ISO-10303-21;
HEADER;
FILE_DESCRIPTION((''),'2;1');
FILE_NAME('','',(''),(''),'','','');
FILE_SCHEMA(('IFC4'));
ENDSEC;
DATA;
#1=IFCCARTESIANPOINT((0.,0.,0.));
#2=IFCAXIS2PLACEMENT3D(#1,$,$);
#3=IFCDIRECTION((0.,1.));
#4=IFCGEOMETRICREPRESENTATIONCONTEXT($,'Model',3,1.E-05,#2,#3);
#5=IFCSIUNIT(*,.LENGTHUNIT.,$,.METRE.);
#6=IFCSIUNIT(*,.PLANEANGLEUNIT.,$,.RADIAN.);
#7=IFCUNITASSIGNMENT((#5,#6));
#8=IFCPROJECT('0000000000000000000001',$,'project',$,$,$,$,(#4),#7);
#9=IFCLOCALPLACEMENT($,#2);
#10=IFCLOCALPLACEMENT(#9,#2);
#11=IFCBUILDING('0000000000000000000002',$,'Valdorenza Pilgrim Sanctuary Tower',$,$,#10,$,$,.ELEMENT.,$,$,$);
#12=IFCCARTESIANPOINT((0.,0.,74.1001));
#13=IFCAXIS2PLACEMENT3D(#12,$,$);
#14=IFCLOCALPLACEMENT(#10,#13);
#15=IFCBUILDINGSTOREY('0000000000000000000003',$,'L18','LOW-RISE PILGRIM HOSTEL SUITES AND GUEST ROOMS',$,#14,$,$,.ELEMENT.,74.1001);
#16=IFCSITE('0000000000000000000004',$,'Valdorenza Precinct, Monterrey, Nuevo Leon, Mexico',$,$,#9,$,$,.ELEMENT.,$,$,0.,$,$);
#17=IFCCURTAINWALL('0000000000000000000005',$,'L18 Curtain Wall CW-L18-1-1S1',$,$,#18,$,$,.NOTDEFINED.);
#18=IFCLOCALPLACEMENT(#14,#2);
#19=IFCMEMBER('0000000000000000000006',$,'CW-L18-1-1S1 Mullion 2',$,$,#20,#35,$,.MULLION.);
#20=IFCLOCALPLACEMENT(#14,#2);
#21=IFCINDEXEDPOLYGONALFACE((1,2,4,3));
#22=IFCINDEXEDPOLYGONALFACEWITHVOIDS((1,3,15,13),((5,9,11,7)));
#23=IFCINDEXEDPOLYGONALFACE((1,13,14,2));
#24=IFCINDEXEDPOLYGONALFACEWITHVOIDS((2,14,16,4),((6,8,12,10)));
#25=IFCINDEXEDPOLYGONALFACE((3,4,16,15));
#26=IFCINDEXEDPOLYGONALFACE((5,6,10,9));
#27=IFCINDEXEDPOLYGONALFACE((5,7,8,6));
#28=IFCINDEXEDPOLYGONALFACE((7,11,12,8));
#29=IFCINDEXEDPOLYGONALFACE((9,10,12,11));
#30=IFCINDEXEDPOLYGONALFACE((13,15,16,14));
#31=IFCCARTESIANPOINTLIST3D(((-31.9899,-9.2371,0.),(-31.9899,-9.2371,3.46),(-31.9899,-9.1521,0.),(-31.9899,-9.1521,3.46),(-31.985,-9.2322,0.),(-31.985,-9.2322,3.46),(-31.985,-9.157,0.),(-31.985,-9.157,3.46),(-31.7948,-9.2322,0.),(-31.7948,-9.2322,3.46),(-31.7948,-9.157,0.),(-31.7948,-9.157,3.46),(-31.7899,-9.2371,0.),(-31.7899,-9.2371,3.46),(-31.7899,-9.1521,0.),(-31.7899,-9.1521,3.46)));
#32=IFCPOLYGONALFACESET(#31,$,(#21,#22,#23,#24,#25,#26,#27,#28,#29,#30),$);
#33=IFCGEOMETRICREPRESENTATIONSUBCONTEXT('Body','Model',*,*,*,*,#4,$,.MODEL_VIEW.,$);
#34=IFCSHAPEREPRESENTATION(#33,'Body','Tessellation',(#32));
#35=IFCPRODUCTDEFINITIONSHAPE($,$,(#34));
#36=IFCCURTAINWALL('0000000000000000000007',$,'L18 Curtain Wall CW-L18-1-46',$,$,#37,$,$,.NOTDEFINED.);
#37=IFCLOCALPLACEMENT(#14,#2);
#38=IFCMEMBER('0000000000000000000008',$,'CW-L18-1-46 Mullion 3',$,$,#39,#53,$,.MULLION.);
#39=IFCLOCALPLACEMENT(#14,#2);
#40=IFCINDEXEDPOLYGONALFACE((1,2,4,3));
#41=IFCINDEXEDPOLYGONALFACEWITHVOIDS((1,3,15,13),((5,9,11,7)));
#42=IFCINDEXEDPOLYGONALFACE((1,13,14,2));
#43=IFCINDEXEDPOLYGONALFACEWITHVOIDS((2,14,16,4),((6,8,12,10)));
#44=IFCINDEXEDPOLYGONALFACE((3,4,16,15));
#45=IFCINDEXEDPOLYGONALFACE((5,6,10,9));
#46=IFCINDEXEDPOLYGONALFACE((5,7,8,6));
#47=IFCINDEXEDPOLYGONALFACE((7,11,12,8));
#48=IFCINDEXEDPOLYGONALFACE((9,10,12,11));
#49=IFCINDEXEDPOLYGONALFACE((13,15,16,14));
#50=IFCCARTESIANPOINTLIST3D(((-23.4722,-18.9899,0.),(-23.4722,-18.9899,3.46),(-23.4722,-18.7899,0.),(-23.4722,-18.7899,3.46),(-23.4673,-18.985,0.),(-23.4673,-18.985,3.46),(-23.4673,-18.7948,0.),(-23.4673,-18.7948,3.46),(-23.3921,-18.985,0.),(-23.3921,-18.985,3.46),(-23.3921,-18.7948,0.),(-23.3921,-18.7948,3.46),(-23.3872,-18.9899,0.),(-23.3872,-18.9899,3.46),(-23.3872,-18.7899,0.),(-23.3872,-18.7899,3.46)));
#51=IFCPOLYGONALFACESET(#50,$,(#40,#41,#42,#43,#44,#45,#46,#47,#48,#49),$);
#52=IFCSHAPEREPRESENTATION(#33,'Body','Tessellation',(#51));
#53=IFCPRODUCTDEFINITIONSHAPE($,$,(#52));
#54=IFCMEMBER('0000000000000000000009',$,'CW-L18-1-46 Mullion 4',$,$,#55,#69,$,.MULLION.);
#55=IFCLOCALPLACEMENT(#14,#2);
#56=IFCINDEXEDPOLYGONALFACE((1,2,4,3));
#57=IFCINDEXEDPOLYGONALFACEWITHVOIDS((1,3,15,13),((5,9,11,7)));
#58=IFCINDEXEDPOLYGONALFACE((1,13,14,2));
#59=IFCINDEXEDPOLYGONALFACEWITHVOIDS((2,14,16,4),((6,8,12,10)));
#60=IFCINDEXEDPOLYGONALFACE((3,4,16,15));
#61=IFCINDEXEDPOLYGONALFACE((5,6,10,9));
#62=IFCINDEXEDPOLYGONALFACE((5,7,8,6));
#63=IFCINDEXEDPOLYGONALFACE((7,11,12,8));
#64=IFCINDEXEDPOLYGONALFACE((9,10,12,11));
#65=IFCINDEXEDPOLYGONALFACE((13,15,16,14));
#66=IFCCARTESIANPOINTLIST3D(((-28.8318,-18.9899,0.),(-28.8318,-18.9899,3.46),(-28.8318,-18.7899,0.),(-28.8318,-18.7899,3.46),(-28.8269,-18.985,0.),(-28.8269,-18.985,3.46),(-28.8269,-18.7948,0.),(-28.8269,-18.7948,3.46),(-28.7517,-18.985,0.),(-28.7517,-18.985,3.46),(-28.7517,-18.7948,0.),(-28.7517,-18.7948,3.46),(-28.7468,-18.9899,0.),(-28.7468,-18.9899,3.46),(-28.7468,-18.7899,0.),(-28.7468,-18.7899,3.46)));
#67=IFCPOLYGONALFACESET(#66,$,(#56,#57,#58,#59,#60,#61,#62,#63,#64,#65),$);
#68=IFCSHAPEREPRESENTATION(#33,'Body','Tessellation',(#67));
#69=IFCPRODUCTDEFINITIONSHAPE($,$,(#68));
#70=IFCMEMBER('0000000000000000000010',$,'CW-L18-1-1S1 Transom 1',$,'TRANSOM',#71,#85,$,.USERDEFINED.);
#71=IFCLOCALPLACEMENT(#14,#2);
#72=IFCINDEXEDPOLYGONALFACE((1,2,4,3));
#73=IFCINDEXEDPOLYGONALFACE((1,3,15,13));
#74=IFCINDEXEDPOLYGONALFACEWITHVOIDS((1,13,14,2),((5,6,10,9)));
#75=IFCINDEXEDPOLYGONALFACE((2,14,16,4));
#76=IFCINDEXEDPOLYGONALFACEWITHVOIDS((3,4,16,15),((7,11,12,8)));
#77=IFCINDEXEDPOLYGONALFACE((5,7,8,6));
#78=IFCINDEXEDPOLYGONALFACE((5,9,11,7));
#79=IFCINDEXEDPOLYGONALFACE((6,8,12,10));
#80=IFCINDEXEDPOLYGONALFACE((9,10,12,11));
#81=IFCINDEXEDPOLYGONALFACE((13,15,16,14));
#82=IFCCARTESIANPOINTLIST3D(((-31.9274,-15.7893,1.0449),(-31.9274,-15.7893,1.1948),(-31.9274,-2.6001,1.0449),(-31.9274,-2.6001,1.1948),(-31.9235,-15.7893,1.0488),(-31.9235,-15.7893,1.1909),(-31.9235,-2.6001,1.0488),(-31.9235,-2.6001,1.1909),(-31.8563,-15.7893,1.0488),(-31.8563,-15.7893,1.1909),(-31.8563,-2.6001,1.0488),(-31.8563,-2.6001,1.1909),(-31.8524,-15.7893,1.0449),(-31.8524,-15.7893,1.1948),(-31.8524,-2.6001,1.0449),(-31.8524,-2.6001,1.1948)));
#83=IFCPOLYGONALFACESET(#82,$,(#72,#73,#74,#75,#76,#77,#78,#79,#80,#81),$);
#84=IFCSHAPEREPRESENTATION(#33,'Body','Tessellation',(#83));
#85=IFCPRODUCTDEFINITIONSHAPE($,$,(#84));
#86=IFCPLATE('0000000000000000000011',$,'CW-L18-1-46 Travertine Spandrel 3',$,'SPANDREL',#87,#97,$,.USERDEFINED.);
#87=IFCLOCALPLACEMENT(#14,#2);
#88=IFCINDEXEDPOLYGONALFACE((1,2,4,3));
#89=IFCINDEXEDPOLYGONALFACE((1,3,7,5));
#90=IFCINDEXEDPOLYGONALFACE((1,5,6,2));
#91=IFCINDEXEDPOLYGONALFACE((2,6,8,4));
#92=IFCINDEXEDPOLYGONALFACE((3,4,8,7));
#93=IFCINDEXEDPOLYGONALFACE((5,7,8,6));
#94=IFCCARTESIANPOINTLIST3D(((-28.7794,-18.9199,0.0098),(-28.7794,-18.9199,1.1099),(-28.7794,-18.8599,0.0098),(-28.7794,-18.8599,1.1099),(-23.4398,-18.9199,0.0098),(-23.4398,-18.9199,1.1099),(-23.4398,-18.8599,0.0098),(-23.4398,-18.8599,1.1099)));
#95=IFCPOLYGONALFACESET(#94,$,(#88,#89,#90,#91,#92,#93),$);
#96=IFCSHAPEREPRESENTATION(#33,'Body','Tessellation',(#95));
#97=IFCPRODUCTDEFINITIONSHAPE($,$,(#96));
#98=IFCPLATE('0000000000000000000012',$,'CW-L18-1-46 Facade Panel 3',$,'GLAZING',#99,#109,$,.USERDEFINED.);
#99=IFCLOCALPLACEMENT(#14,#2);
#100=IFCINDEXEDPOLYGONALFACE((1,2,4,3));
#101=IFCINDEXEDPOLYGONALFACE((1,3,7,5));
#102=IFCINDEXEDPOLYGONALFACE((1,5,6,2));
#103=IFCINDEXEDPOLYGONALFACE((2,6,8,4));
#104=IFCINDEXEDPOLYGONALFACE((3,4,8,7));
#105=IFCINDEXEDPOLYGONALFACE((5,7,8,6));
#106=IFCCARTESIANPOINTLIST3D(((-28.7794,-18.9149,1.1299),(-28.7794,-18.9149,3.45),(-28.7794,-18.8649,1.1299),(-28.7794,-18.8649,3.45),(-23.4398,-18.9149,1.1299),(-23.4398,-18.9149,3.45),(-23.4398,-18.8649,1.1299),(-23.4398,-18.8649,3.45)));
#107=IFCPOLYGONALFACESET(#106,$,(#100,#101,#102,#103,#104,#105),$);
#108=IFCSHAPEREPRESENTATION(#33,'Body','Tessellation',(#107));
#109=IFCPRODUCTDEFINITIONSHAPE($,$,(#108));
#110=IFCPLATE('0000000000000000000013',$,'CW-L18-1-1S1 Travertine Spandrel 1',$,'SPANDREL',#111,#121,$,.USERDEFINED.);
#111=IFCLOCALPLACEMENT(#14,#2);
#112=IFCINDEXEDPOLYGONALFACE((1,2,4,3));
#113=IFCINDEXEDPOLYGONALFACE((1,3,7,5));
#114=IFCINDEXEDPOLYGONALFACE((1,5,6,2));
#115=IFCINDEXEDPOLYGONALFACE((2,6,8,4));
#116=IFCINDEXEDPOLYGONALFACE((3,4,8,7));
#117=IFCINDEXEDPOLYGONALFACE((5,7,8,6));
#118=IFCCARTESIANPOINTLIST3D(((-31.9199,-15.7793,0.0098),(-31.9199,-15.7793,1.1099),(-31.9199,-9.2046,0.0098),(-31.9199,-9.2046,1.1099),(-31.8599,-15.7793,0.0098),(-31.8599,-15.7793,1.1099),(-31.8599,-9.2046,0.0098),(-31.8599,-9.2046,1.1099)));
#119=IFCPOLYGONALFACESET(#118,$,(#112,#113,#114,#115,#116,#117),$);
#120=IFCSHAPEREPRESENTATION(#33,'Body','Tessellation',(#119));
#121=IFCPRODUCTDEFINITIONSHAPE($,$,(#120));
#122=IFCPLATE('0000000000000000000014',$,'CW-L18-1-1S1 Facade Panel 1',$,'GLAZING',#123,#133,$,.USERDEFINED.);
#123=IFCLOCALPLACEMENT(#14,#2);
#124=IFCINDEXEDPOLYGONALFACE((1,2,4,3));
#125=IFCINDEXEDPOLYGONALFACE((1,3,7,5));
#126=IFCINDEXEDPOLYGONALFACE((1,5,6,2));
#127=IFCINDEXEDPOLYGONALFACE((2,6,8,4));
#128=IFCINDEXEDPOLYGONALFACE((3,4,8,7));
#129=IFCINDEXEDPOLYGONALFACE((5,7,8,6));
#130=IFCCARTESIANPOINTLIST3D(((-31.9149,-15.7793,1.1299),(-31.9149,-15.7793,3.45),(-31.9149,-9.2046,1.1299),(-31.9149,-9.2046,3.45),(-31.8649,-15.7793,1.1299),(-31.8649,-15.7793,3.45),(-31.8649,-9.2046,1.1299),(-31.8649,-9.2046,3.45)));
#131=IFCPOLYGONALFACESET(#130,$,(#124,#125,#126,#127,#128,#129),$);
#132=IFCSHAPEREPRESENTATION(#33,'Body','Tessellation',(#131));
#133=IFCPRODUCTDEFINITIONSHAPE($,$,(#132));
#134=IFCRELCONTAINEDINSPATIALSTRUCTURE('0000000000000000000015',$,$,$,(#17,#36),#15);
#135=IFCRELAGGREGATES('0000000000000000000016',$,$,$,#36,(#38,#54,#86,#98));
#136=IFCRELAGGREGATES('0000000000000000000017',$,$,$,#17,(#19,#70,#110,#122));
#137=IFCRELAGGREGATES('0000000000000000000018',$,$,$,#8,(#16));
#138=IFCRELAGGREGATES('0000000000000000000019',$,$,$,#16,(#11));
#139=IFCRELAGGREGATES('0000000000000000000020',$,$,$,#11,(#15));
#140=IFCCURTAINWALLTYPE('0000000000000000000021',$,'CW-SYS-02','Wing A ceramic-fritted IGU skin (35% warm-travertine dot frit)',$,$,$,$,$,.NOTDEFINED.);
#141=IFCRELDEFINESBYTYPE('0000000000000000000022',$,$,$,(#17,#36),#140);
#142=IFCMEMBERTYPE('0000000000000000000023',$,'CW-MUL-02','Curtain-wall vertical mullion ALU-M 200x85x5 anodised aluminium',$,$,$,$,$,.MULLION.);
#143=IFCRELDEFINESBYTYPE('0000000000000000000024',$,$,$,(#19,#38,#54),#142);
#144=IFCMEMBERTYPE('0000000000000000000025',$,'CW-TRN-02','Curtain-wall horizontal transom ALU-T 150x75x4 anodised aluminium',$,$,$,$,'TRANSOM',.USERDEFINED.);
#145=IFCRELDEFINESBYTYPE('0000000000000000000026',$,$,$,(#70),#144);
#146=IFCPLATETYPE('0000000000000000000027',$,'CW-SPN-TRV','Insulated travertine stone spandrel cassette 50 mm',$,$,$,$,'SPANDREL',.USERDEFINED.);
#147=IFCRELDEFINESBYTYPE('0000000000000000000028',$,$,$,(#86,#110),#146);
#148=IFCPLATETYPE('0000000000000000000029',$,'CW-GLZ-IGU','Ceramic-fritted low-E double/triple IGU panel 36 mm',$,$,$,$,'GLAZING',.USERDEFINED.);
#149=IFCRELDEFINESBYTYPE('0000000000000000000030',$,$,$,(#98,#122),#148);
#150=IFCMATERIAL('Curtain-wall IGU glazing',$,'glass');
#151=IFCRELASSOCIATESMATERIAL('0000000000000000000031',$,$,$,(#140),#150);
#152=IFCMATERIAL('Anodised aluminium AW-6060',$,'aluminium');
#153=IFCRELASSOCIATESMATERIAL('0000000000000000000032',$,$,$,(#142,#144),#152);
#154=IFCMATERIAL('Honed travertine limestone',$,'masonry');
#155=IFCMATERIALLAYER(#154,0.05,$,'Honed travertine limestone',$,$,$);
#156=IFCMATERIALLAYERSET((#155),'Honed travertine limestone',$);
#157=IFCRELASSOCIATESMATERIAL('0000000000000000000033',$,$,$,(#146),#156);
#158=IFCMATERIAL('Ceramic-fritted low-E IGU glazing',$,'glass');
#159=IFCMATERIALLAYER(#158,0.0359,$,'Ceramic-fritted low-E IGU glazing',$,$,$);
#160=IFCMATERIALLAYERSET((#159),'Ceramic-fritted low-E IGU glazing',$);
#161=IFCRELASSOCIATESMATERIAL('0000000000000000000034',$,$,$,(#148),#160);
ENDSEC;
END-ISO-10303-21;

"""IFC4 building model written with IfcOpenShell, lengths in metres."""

from ifc_helpers import new_model, si_unit, direction, frame, origin, origin_2d, place, context, subcontext, project, spatial, rectangle, hollow_rectangle, extrude, source, transform, mapped, material, layer, layer_set, material_profile, profile_set, type_object, element, aggregate, save


model = new_model("IFC4")

# Units and contexts
model_context = context("Model", 3, precision=1e-05, world=origin(), true_north=direction((0.0, 1.0)))
body_context = subcontext(model_context, "Body", "Model", "MODEL_VIEW")
ifc_project = project(units=[si_unit("LENGTHUNIT", "METRE"), si_unit("PLANEANGLEUNIT", "RADIAN")], contexts=[model_context])

# Site, building, storey
site_placement = place(None, origin())
site = spatial("IfcSite", under=ifc_project, at=site_placement, Name="Valdorenza Precinct, Monterrey, Nuevo Leon, Mexico", CompositionType="ELEMENT", RefElevation=0.0)
building_placement = place(site_placement, origin())
building = spatial("IfcBuilding", under=site, at=building_placement, Name="Valdorenza Pilgrim Sanctuary Tower", CompositionType="ELEMENT")
storey_placement = place(building_placement, frame((0.0, 0.0, 74.1001)))
storey = spatial("IfcBuildingStorey", under=building, at=storey_placement, Name="L18", Description="LOW-RISE PILGRIM HOSTEL SUITES AND GUEST ROOMS", CompositionType="ELEMENT", Elevation=74.1001)

# Curtain walls, members
ifc_material_1 = material(Name="Curtain-wall IGU glazing", Category="glass")
curtain_wall_type = type_object("IfcCurtainWallType", Name="CW-SYS-02", Description="Wing A ceramic-fritted IGU skin (35% warm-travertine dot frit)", PredefinedType="NOTDEFINED", material=ifc_material_1)
curtain_wall_1_placement = place(storey_placement, origin())
curtain_wall_1 = element("IfcCurtainWall", 1, at=curtain_wall_1_placement, inside=storey, type_object=curtain_wall_type, Name="L18 Curtain Wall CW-L18-1-1S1", PredefinedType="NOTDEFINED")
ifc_material_2 = material(Name="Anodised aluminium AW-6060", Category="aluminium")
ifc_material_profile_1 = material_profile(ifc_material_2, hollow_rectangle(XDim=0.085, YDim=0.2, WallThickness=0.0049, at=origin_2d()), Name="ALU-M 200x85x5")
ifc_profile_set_1 = profile_set([ifc_material_profile_1], Name="Anodised aluminium AW-6060")
member_type_1 = type_object("IfcMemberType", Name="CW-MUL-02", Description="Curtain-wall vertical mullion ALU-M 200x85x5 anodised aluminium", PredefinedType="MULLION", material=ifc_profile_set_1)
shared_shape_1 = source(origin(), body_context, "Body", "SweptSolid", [
    extrude(hollow_rectangle(XDim=0.085, YDim=0.2, WallThickness=0.0049, at=origin_2d()), origin(), (0.0, 0.0, 1.0), 3.46),
])
member_1_placement = place(storey_placement, frame((-31.8899, -9.1946, 0.0), z_axis=(0.0, 0.0, 1.0), x_axis=(0.0, 1.0, 0.0)))
member_1 = element("IfcMember", 2, at=member_1_placement, type_object=member_type_1, Name="CW-L18-1-1S1 Mullion 2", PredefinedType="MULLION", context=body_context, shape_type="MappedRepresentation", body=[
    mapped(shared_shape_1, transform((0.0, 0.0, 0.0), x_axis=(1.0, 0.0, 0.0), y_axis=(0.0, 1.0, 0.0), z_axis=(0.0, 0.0, 1.0), scale=1.0)),
])
curtain_wall_2_placement = place(storey_placement, origin())
curtain_wall_2 = element("IfcCurtainWall", 3, at=curtain_wall_2_placement, inside=storey, type_object=curtain_wall_type, Name="L18 Curtain Wall CW-L18-1-46", PredefinedType="NOTDEFINED")
member_2_placement = place(storey_placement, frame((-23.4297, -18.8899, 0.0), z_axis=(0.0, 0.0, 1.0), x_axis=(-1.0, 0.0, 0.0)))
member_2 = element("IfcMember", 4, at=member_2_placement, type_object=member_type_1, Name="CW-L18-1-46 Mullion 3", PredefinedType="MULLION", context=body_context, shape_type="MappedRepresentation", body=[
    mapped(shared_shape_1, transform((0.0, 0.0, 0.0), x_axis=(1.0, 0.0, 0.0), y_axis=(0.0, 1.0, 0.0), z_axis=(0.0, 0.0, 1.0), scale=1.0)),
])
member_3_placement = place(storey_placement, frame((-28.7893, -18.8899, 0.0), z_axis=(0.0, 0.0, 1.0), x_axis=(-1.0, 0.0, 0.0)))
member_3 = element("IfcMember", 5, at=member_3_placement, type_object=member_type_1, Name="CW-L18-1-46 Mullion 4", PredefinedType="MULLION", context=body_context, shape_type="MappedRepresentation", body=[
    mapped(shared_shape_1, transform((0.0, 0.0, 0.0), x_axis=(1.0, 0.0, 0.0), y_axis=(0.0, 1.0, 0.0), z_axis=(0.0, 0.0, 1.0), scale=1.0)),
])

# Member
ifc_material_profile_2 = material_profile(ifc_material_2, hollow_rectangle(XDim=0.075, YDim=0.1499, WallThickness=0.0039, at=origin_2d()), Name="ALU-T 150x75x4")
ifc_profile_set_2 = profile_set([ifc_material_profile_2], Name="Anodised aluminium AW-6060")
member_type_2 = type_object("IfcMemberType", Name="CW-TRN-02", Description="Curtain-wall horizontal transom ALU-T 150x75x4 anodised aluminium", ElementType="TRANSOM", PredefinedType="USERDEFINED", material=ifc_profile_set_2)
shared_shape_2 = source(origin(), body_context, "Body", "SweptSolid", [
    extrude(hollow_rectangle(XDim=0.075, YDim=0.1499, WallThickness=0.0039, at=origin_2d()), origin(), (0.0, 0.0, 1.0), 13.1892),
])
member_4_placement = place(storey_placement, frame((-31.8899, -15.7893, 1.1199), z_axis=(0.0, 1.0, 0.0), x_axis=(-1.0, 0.0, 0.0)))
member_4 = element("IfcMember", 6, at=member_4_placement, type_object=member_type_2, Name="CW-L18-1-1S1 Transom 1", ObjectType="TRANSOM", PredefinedType="USERDEFINED", context=body_context, shape_type="MappedRepresentation", body=[
    mapped(shared_shape_2, transform((0.0, 0.0, 0.0), x_axis=(1.0, 0.0, 0.0), y_axis=(0.0, 1.0, 0.0), z_axis=(0.0, 0.0, 1.0), scale=1.0)),
])

# Plates
ifc_material_3 = material(Name="Honed travertine limestone", Category="masonry")
ifc_layer_1 = layer(ifc_material_3, 0.05, Name="Honed travertine limestone")
ifc_layer_set_1 = layer_set([ifc_layer_1], Name="Honed travertine limestone")
plate_type_1 = type_object("IfcPlateType", Name="CW-SPN-TRV", Description="Insulated travertine stone spandrel cassette 50 mm", ElementType="SPANDREL", PredefinedType="USERDEFINED", material=ifc_layer_set_1)
shared_shape_3 = source(origin(), body_context, "Body", "SweptSolid", [
    extrude(rectangle(XDim=5.3396, YDim=0.0601, at=origin_2d()), origin(), (0.0, 0.0, 1.0), 1.1001),
])
plate_1_placement = place(storey_placement, frame((-26.1096, -18.8899, 0.0098), z_axis=(0.0, 0.0, 1.0), x_axis=(-1.0, 0.0, 0.0)))
plate_1 = element("IfcPlate", 7, at=plate_1_placement, type_object=plate_type_1, Name="CW-L18-1-46 Travertine Spandrel 3", ObjectType="SPANDREL", PredefinedType="USERDEFINED", context=body_context, shape_type="MappedRepresentation", body=[
    mapped(shared_shape_3, transform((0.0, 0.0, 0.0), x_axis=(1.0, 0.0, 0.0), y_axis=(0.0, 1.0, 0.0), z_axis=(0.0, 0.0, 1.0), scale=1.0)),
])
ifc_material_4 = material(Name="Ceramic-fritted low-E IGU glazing", Category="glass")
ifc_layer_2 = layer(ifc_material_4, 0.0359, Name="Ceramic-fritted low-E IGU glazing")
ifc_layer_set_2 = layer_set([ifc_layer_2], Name="Ceramic-fritted low-E IGU glazing")
plate_type_2 = type_object("IfcPlateType", Name="CW-GLZ-IGU", Description="Ceramic-fritted low-E double/triple IGU panel 36 mm", ElementType="GLAZING", PredefinedType="USERDEFINED", material=ifc_layer_set_2)
shared_shape_4 = source(origin(), body_context, "Body", "SweptSolid", [
    extrude(rectangle(XDim=5.3396, YDim=0.05, at=origin_2d()), origin(), (0.0, 0.0, 1.0), 2.3201),
])
plate_2_placement = place(storey_placement, frame((-26.1096, -18.8899, 1.1299), z_axis=(0.0, 0.0, 1.0), x_axis=(-1.0, 0.0, 0.0)))
plate_2 = element("IfcPlate", 8, at=plate_2_placement, type_object=plate_type_2, Name="CW-L18-1-46 Facade Panel 3", ObjectType="GLAZING", PredefinedType="USERDEFINED", context=body_context, shape_type="MappedRepresentation", body=[
    mapped(shared_shape_4, transform((0.0, 0.0, 0.0), x_axis=(1.0, 0.0, 0.0), y_axis=(0.0, 1.0, 0.0), z_axis=(0.0, 0.0, 1.0), scale=1.0)),
])
aggregate(curtain_wall_2, [member_2, member_3, plate_1, plate_2])
shared_shape_5 = source(origin(), body_context, "Body", "SweptSolid", [
    extrude(rectangle(XDim=6.5747, YDim=0.0601, at=origin_2d()), origin(), (0.0, 0.0, 1.0), 1.1001),
])
plate_3_placement = place(storey_placement, frame((-31.8899, -12.4919, 0.0098), z_axis=(0.0, 0.0, 1.0), x_axis=(0.0, 1.0, 0.0)))
plate_3 = element("IfcPlate", 9, at=plate_3_placement, type_object=plate_type_1, Name="CW-L18-1-1S1 Travertine Spandrel 1", ObjectType="SPANDREL", PredefinedType="USERDEFINED", context=body_context, shape_type="MappedRepresentation", body=[
    mapped(shared_shape_5, transform((0.0, 0.0, 0.0), x_axis=(1.0, 0.0, 0.0), y_axis=(0.0, 1.0, 0.0), z_axis=(0.0, 0.0, 1.0), scale=1.0)),
])
shared_shape_6 = source(origin(), body_context, "Body", "SweptSolid", [
    extrude(rectangle(XDim=6.5747, YDim=0.05, at=origin_2d()), origin(), (0.0, 0.0, 1.0), 2.3201),
])
plate_4_placement = place(storey_placement, frame((-31.8899, -12.4919, 1.1299), z_axis=(0.0, 0.0, 1.0), x_axis=(0.0, 1.0, 0.0)))
plate_4 = element("IfcPlate", 10, at=plate_4_placement, type_object=plate_type_2, Name="CW-L18-1-1S1 Facade Panel 1", ObjectType="GLAZING", PredefinedType="USERDEFINED", context=body_context, shape_type="MappedRepresentation", body=[
    mapped(shared_shape_6, transform((0.0, 0.0, 0.0), x_axis=(1.0, 0.0, 0.0), y_axis=(0.0, 1.0, 0.0), z_axis=(0.0, 0.0, 1.0), scale=1.0)),
])
aggregate(curtain_wall_1, [member_1, member_4, plate_3, plate_4])

save(model, "model.ifc")
